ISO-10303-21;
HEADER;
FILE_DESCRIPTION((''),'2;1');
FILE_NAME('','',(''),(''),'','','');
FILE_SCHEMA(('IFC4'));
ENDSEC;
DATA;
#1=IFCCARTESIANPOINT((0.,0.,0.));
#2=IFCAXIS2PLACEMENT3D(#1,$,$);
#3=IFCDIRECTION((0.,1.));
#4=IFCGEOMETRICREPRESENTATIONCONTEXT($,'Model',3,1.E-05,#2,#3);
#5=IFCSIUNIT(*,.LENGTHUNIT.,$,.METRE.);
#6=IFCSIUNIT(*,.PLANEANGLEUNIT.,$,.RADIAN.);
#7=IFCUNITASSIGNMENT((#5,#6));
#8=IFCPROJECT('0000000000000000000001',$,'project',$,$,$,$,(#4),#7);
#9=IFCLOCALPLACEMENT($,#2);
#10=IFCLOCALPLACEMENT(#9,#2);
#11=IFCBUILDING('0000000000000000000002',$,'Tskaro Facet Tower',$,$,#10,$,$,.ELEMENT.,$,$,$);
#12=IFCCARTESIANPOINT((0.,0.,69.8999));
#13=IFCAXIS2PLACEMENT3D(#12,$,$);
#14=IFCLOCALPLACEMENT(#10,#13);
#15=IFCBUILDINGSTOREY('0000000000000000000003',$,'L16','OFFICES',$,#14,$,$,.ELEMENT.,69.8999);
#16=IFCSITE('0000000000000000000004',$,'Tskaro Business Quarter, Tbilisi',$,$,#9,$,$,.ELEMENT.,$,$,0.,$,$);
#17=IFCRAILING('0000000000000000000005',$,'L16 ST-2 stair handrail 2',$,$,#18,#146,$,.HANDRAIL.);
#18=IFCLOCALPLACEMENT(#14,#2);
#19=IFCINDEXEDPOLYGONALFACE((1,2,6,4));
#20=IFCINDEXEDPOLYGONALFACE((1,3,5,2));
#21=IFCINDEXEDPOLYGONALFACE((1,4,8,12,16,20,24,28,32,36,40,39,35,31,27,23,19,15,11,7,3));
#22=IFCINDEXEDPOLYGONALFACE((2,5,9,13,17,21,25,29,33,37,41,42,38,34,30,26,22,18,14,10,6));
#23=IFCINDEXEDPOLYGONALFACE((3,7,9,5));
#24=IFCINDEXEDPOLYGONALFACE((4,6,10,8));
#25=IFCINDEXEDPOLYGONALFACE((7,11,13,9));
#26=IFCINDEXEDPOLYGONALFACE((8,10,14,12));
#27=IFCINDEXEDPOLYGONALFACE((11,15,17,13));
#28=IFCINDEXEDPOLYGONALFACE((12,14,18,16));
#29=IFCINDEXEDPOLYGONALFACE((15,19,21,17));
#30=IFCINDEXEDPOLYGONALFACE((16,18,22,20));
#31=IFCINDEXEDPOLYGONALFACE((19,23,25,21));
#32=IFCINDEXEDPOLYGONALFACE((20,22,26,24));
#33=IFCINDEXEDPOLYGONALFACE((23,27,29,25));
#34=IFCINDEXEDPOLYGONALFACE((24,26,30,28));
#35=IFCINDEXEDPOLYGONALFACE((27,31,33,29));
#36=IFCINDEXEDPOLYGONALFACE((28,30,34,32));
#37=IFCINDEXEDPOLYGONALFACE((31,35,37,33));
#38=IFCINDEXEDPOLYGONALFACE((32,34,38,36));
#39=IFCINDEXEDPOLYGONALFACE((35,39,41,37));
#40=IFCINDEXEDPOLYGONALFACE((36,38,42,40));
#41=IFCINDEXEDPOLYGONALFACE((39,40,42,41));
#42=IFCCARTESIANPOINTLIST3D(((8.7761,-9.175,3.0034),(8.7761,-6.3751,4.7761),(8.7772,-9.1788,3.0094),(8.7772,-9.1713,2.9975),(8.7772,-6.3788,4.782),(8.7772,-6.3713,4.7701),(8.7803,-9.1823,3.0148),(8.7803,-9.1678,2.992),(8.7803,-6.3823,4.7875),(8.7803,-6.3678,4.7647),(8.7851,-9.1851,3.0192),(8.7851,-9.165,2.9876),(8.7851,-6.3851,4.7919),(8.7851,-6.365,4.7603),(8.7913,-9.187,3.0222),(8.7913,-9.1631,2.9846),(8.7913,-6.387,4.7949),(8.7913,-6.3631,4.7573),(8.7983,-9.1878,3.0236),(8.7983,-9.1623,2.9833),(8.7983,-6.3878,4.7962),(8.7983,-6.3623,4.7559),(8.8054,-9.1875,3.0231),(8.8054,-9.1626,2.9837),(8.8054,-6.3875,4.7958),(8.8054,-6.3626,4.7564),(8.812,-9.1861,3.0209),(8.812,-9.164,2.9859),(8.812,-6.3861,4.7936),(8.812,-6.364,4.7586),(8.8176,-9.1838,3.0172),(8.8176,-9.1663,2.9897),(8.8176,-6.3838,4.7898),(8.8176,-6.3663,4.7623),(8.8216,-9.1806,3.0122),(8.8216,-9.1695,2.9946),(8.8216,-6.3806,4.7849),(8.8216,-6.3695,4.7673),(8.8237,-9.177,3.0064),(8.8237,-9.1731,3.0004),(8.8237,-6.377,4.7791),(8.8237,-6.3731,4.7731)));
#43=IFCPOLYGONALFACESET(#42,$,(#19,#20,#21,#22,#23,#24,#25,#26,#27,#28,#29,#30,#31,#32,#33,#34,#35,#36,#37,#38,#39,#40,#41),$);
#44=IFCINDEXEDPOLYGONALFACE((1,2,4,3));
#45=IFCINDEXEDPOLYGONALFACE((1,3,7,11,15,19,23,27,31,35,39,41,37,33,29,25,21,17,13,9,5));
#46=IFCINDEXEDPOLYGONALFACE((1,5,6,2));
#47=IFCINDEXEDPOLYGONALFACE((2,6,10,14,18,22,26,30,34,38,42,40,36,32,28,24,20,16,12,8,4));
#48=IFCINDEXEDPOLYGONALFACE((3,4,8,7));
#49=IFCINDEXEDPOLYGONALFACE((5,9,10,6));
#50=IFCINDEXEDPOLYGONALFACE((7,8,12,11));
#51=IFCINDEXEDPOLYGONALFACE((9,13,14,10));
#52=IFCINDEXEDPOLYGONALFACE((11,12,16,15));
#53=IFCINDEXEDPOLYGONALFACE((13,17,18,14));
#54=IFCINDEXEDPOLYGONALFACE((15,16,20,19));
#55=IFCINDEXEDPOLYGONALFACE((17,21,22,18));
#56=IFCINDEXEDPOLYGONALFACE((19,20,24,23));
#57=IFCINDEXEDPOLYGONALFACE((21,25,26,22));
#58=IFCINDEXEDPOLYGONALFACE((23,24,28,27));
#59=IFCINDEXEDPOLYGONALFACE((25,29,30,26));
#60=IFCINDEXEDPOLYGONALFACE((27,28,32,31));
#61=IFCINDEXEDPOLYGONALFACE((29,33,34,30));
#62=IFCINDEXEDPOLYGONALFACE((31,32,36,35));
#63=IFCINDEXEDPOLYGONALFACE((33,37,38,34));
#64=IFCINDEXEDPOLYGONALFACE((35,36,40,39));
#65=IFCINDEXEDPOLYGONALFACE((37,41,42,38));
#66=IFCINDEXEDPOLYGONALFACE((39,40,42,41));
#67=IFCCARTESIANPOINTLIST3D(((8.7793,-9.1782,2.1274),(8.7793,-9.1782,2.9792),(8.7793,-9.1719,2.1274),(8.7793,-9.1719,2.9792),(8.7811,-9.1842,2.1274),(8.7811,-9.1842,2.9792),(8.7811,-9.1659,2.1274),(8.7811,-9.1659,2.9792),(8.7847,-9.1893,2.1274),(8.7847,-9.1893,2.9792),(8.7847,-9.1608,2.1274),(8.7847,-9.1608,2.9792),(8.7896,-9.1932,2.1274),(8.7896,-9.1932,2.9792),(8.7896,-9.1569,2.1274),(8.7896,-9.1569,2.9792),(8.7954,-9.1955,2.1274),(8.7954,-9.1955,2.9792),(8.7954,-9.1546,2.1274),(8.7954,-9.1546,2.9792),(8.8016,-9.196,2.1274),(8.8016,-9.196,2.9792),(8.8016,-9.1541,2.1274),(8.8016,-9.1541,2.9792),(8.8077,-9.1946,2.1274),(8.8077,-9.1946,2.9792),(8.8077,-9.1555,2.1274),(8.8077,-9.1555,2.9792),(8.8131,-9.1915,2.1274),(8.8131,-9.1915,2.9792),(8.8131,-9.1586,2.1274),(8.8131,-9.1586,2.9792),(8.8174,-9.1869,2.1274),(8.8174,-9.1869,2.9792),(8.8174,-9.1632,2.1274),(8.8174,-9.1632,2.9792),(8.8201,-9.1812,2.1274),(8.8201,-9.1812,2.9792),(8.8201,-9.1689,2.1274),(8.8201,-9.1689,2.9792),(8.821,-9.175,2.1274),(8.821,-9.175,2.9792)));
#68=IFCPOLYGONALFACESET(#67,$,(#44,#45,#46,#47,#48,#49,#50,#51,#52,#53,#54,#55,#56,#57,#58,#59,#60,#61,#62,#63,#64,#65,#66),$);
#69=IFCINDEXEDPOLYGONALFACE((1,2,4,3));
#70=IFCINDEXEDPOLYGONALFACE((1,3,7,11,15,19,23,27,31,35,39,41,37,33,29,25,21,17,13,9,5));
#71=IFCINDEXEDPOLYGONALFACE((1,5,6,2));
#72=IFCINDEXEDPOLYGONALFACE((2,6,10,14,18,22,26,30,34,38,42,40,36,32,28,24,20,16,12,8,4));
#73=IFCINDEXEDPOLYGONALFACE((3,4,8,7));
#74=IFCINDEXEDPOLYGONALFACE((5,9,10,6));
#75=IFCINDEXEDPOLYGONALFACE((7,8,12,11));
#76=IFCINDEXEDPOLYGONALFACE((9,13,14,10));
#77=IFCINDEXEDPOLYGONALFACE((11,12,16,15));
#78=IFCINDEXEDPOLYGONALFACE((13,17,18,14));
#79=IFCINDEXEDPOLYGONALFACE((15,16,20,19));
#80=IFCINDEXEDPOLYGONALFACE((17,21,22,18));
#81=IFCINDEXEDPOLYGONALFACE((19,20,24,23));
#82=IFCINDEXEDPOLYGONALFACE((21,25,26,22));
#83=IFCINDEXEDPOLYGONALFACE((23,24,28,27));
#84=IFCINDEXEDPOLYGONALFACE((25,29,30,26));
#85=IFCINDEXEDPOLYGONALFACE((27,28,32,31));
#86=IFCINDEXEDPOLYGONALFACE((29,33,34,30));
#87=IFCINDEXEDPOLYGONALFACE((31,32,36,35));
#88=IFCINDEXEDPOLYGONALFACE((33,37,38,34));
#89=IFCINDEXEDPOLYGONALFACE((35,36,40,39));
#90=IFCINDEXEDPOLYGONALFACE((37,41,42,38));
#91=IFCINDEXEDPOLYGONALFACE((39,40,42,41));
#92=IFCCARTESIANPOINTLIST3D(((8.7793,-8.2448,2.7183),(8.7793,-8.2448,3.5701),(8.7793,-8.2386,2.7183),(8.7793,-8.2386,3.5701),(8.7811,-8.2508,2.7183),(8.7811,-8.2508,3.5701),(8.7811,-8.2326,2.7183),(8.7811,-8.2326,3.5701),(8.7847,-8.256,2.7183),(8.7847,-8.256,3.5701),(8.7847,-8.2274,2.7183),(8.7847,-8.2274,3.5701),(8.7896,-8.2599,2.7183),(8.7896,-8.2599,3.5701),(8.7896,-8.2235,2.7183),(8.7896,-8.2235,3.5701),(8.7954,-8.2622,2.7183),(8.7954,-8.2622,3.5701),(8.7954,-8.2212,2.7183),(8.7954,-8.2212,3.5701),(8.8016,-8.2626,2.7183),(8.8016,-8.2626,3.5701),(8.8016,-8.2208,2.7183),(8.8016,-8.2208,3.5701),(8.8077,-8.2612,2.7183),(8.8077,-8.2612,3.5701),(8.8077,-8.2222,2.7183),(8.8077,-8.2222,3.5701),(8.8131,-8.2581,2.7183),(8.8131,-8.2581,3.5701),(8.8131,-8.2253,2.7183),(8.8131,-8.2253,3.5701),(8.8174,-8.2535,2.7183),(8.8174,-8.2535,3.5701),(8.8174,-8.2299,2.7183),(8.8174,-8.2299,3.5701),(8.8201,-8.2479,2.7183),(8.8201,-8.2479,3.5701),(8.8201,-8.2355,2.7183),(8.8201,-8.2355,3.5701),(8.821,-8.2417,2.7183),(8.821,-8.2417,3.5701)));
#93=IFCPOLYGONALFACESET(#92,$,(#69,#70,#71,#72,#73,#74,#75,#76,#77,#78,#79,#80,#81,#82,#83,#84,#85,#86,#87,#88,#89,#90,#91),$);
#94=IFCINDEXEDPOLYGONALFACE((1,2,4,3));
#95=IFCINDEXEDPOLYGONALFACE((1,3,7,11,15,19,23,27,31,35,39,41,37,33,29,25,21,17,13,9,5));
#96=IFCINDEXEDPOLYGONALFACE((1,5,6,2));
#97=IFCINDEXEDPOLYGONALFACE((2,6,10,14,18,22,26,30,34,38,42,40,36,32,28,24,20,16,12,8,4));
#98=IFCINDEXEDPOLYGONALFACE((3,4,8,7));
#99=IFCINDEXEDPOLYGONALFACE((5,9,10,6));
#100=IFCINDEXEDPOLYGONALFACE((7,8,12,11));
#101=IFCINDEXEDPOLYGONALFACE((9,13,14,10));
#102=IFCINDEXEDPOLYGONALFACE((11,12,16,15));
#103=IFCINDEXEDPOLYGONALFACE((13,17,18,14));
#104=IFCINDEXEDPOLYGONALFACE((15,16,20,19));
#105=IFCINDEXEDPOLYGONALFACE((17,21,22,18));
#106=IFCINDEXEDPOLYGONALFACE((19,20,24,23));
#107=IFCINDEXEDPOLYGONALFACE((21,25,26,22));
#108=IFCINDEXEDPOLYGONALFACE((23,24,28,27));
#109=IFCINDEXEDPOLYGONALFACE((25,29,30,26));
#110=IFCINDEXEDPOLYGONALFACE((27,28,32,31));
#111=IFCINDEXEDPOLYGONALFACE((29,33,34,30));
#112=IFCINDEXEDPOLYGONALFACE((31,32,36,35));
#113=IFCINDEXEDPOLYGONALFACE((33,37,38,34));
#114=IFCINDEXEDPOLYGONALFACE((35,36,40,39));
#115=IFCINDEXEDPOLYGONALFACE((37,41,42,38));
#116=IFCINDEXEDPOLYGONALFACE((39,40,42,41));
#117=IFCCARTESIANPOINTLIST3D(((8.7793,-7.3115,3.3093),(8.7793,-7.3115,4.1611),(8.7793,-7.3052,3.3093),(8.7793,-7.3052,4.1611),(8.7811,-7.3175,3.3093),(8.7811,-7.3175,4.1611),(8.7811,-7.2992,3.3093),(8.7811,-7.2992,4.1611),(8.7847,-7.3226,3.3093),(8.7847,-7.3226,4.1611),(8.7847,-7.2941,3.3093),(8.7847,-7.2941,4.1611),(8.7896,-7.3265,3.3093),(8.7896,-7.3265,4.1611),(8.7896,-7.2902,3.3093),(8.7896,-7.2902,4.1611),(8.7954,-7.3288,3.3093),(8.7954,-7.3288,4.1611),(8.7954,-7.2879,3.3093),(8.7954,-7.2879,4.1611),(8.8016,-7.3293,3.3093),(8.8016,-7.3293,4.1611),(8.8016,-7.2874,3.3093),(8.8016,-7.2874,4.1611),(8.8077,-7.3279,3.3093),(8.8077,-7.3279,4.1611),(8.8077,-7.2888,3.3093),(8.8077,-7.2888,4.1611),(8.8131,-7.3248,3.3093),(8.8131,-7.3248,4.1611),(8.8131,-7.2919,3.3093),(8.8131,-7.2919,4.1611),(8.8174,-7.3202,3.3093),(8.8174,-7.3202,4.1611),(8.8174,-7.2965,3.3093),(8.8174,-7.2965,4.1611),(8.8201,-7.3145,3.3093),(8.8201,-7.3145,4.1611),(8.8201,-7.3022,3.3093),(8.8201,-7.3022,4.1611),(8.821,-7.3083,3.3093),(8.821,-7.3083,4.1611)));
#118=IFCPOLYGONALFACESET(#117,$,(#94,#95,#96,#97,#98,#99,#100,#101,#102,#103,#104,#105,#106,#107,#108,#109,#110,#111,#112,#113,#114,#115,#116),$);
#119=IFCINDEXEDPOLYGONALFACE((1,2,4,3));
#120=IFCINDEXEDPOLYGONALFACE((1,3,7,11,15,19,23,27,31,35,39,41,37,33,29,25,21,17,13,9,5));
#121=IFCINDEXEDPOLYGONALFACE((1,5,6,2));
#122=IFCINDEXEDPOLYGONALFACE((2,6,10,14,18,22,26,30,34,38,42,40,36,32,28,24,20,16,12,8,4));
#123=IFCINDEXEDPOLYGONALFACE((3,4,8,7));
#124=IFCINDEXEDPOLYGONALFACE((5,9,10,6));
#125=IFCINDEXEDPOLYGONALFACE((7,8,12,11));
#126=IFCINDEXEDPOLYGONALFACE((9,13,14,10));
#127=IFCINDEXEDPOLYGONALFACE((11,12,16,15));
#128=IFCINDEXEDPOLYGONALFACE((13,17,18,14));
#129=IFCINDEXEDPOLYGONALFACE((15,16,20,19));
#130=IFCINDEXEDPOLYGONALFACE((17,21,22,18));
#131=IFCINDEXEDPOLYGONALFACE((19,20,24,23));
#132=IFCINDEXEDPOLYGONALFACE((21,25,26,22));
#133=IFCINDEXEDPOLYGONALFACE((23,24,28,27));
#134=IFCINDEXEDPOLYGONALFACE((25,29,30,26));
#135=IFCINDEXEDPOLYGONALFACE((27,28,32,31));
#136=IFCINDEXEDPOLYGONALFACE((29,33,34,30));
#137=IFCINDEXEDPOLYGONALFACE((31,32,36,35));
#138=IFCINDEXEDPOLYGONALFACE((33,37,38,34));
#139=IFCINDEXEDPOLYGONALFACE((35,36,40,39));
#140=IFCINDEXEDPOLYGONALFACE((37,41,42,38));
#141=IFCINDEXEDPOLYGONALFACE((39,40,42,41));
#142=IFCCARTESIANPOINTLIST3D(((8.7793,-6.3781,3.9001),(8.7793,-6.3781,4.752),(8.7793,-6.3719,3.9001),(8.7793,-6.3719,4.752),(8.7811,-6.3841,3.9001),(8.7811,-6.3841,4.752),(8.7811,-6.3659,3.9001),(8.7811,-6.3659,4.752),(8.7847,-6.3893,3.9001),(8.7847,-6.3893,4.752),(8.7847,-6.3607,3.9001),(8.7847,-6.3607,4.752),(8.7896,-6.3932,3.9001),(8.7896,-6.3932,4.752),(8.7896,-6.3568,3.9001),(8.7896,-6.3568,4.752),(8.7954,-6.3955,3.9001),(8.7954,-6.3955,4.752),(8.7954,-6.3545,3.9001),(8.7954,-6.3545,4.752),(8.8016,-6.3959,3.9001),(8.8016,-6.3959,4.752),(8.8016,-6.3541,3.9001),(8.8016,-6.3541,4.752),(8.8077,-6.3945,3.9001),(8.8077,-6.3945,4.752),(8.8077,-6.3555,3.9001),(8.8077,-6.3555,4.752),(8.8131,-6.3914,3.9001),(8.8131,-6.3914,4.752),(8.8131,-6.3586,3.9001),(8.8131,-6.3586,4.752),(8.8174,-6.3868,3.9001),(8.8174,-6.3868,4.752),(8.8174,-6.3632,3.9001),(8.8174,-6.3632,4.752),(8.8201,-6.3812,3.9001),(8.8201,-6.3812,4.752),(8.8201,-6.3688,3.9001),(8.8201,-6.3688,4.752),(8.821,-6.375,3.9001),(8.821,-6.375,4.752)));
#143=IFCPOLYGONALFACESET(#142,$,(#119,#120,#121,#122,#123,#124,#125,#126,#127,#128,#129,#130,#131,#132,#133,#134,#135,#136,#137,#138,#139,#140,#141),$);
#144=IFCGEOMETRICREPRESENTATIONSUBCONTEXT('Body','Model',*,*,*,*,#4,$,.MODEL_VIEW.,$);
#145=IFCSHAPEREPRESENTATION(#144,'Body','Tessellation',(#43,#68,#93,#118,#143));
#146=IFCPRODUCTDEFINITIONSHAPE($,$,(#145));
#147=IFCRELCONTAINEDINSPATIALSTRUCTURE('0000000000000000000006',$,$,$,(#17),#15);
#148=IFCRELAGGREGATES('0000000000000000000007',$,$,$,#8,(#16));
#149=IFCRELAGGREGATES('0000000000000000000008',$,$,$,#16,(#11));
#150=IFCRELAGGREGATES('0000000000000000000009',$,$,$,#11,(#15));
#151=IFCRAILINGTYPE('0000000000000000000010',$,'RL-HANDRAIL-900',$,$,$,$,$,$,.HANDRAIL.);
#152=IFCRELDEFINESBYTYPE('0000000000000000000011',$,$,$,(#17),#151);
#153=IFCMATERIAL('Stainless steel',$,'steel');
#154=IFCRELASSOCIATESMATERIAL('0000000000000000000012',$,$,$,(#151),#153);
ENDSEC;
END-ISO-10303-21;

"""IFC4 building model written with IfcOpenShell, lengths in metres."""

from ifc_helpers import new_model, si_unit, direction, frame, origin, origin_2d, place, context, subcontext, project, spatial, circle, extrude, material, type_object, element, save


model = new_model("IFC4")

# Units and contexts
model_context = context("Model", 3, precision=1e-05, world=origin(), true_north=direction((0.0, 1.0)))
body_context = subcontext(model_context, "Body", "Model", "MODEL_VIEW")
ifc_project = project(units=[si_unit("LENGTHUNIT", "METRE"), si_unit("PLANEANGLEUNIT", "RADIAN")], contexts=[model_context])

# Site, building, storey
site_placement = place(None, origin())
site = spatial("IfcSite", under=ifc_project, at=site_placement, Name="Tskaro Business Quarter, Tbilisi", CompositionType="ELEMENT", RefElevation=0.0)
building_placement = place(site_placement, origin())
building = spatial("IfcBuilding", under=site, at=building_placement, Name="Tskaro Facet Tower", CompositionType="ELEMENT")
storey_placement = place(building_placement, frame((0.0, 0.0, 69.8999)))
storey = spatial("IfcBuildingStorey", under=building, at=storey_placement, Name="L16", Description="OFFICES", CompositionType="ELEMENT", Elevation=69.8999)

# Railing
ifc_material_1 = material(Name="Stainless steel", Category="steel")
railing_type_1 = type_object("IfcRailingType", Name="RL-HANDRAIL-900", PredefinedType="HANDRAIL", material=ifc_material_1)
railing_1_placement = place(storey_placement, frame((8.8, -9.175, 2.1274)))
element("IfcRailing", 1, at=railing_1_placement, inside=storey, type_object=railing_type_1, Name="L16 ST-2 stair handrail 2", PredefinedType="HANDRAIL", context=body_context, shape_type="SweptSolid", body=[
    extrude(circle(Radius=0.0239, at=origin_2d()), frame((0.0, 0.0, 0.876), z_axis=(0.0, 0.844909, 0.53491), x_axis=(-1.0, 0.0, 0.0)), (0.0, 0.0, 1.0), 3.314),
    extrude(circle(Radius=0.021, at=origin_2d()), origin(), (0.0, 0.0, 1.0), 0.8518),
    extrude(circle(Radius=0.021, at=origin_2d()), frame((0.0, 0.9333, 0.5908)), (0.0, 0.0, 1.0), 0.8518),
    extrude(circle(Radius=0.021, at=origin_2d()), frame((0.0, 1.8667, 1.1819)), (0.0, 0.0, 1.0), 0.8518),
    extrude(circle(Radius=0.021, at=origin_2d()), frame((0.0, 2.8, 1.7727)), (0.0, 0.0, 1.0), 0.8518),
])

save(model, "model.ifc")
